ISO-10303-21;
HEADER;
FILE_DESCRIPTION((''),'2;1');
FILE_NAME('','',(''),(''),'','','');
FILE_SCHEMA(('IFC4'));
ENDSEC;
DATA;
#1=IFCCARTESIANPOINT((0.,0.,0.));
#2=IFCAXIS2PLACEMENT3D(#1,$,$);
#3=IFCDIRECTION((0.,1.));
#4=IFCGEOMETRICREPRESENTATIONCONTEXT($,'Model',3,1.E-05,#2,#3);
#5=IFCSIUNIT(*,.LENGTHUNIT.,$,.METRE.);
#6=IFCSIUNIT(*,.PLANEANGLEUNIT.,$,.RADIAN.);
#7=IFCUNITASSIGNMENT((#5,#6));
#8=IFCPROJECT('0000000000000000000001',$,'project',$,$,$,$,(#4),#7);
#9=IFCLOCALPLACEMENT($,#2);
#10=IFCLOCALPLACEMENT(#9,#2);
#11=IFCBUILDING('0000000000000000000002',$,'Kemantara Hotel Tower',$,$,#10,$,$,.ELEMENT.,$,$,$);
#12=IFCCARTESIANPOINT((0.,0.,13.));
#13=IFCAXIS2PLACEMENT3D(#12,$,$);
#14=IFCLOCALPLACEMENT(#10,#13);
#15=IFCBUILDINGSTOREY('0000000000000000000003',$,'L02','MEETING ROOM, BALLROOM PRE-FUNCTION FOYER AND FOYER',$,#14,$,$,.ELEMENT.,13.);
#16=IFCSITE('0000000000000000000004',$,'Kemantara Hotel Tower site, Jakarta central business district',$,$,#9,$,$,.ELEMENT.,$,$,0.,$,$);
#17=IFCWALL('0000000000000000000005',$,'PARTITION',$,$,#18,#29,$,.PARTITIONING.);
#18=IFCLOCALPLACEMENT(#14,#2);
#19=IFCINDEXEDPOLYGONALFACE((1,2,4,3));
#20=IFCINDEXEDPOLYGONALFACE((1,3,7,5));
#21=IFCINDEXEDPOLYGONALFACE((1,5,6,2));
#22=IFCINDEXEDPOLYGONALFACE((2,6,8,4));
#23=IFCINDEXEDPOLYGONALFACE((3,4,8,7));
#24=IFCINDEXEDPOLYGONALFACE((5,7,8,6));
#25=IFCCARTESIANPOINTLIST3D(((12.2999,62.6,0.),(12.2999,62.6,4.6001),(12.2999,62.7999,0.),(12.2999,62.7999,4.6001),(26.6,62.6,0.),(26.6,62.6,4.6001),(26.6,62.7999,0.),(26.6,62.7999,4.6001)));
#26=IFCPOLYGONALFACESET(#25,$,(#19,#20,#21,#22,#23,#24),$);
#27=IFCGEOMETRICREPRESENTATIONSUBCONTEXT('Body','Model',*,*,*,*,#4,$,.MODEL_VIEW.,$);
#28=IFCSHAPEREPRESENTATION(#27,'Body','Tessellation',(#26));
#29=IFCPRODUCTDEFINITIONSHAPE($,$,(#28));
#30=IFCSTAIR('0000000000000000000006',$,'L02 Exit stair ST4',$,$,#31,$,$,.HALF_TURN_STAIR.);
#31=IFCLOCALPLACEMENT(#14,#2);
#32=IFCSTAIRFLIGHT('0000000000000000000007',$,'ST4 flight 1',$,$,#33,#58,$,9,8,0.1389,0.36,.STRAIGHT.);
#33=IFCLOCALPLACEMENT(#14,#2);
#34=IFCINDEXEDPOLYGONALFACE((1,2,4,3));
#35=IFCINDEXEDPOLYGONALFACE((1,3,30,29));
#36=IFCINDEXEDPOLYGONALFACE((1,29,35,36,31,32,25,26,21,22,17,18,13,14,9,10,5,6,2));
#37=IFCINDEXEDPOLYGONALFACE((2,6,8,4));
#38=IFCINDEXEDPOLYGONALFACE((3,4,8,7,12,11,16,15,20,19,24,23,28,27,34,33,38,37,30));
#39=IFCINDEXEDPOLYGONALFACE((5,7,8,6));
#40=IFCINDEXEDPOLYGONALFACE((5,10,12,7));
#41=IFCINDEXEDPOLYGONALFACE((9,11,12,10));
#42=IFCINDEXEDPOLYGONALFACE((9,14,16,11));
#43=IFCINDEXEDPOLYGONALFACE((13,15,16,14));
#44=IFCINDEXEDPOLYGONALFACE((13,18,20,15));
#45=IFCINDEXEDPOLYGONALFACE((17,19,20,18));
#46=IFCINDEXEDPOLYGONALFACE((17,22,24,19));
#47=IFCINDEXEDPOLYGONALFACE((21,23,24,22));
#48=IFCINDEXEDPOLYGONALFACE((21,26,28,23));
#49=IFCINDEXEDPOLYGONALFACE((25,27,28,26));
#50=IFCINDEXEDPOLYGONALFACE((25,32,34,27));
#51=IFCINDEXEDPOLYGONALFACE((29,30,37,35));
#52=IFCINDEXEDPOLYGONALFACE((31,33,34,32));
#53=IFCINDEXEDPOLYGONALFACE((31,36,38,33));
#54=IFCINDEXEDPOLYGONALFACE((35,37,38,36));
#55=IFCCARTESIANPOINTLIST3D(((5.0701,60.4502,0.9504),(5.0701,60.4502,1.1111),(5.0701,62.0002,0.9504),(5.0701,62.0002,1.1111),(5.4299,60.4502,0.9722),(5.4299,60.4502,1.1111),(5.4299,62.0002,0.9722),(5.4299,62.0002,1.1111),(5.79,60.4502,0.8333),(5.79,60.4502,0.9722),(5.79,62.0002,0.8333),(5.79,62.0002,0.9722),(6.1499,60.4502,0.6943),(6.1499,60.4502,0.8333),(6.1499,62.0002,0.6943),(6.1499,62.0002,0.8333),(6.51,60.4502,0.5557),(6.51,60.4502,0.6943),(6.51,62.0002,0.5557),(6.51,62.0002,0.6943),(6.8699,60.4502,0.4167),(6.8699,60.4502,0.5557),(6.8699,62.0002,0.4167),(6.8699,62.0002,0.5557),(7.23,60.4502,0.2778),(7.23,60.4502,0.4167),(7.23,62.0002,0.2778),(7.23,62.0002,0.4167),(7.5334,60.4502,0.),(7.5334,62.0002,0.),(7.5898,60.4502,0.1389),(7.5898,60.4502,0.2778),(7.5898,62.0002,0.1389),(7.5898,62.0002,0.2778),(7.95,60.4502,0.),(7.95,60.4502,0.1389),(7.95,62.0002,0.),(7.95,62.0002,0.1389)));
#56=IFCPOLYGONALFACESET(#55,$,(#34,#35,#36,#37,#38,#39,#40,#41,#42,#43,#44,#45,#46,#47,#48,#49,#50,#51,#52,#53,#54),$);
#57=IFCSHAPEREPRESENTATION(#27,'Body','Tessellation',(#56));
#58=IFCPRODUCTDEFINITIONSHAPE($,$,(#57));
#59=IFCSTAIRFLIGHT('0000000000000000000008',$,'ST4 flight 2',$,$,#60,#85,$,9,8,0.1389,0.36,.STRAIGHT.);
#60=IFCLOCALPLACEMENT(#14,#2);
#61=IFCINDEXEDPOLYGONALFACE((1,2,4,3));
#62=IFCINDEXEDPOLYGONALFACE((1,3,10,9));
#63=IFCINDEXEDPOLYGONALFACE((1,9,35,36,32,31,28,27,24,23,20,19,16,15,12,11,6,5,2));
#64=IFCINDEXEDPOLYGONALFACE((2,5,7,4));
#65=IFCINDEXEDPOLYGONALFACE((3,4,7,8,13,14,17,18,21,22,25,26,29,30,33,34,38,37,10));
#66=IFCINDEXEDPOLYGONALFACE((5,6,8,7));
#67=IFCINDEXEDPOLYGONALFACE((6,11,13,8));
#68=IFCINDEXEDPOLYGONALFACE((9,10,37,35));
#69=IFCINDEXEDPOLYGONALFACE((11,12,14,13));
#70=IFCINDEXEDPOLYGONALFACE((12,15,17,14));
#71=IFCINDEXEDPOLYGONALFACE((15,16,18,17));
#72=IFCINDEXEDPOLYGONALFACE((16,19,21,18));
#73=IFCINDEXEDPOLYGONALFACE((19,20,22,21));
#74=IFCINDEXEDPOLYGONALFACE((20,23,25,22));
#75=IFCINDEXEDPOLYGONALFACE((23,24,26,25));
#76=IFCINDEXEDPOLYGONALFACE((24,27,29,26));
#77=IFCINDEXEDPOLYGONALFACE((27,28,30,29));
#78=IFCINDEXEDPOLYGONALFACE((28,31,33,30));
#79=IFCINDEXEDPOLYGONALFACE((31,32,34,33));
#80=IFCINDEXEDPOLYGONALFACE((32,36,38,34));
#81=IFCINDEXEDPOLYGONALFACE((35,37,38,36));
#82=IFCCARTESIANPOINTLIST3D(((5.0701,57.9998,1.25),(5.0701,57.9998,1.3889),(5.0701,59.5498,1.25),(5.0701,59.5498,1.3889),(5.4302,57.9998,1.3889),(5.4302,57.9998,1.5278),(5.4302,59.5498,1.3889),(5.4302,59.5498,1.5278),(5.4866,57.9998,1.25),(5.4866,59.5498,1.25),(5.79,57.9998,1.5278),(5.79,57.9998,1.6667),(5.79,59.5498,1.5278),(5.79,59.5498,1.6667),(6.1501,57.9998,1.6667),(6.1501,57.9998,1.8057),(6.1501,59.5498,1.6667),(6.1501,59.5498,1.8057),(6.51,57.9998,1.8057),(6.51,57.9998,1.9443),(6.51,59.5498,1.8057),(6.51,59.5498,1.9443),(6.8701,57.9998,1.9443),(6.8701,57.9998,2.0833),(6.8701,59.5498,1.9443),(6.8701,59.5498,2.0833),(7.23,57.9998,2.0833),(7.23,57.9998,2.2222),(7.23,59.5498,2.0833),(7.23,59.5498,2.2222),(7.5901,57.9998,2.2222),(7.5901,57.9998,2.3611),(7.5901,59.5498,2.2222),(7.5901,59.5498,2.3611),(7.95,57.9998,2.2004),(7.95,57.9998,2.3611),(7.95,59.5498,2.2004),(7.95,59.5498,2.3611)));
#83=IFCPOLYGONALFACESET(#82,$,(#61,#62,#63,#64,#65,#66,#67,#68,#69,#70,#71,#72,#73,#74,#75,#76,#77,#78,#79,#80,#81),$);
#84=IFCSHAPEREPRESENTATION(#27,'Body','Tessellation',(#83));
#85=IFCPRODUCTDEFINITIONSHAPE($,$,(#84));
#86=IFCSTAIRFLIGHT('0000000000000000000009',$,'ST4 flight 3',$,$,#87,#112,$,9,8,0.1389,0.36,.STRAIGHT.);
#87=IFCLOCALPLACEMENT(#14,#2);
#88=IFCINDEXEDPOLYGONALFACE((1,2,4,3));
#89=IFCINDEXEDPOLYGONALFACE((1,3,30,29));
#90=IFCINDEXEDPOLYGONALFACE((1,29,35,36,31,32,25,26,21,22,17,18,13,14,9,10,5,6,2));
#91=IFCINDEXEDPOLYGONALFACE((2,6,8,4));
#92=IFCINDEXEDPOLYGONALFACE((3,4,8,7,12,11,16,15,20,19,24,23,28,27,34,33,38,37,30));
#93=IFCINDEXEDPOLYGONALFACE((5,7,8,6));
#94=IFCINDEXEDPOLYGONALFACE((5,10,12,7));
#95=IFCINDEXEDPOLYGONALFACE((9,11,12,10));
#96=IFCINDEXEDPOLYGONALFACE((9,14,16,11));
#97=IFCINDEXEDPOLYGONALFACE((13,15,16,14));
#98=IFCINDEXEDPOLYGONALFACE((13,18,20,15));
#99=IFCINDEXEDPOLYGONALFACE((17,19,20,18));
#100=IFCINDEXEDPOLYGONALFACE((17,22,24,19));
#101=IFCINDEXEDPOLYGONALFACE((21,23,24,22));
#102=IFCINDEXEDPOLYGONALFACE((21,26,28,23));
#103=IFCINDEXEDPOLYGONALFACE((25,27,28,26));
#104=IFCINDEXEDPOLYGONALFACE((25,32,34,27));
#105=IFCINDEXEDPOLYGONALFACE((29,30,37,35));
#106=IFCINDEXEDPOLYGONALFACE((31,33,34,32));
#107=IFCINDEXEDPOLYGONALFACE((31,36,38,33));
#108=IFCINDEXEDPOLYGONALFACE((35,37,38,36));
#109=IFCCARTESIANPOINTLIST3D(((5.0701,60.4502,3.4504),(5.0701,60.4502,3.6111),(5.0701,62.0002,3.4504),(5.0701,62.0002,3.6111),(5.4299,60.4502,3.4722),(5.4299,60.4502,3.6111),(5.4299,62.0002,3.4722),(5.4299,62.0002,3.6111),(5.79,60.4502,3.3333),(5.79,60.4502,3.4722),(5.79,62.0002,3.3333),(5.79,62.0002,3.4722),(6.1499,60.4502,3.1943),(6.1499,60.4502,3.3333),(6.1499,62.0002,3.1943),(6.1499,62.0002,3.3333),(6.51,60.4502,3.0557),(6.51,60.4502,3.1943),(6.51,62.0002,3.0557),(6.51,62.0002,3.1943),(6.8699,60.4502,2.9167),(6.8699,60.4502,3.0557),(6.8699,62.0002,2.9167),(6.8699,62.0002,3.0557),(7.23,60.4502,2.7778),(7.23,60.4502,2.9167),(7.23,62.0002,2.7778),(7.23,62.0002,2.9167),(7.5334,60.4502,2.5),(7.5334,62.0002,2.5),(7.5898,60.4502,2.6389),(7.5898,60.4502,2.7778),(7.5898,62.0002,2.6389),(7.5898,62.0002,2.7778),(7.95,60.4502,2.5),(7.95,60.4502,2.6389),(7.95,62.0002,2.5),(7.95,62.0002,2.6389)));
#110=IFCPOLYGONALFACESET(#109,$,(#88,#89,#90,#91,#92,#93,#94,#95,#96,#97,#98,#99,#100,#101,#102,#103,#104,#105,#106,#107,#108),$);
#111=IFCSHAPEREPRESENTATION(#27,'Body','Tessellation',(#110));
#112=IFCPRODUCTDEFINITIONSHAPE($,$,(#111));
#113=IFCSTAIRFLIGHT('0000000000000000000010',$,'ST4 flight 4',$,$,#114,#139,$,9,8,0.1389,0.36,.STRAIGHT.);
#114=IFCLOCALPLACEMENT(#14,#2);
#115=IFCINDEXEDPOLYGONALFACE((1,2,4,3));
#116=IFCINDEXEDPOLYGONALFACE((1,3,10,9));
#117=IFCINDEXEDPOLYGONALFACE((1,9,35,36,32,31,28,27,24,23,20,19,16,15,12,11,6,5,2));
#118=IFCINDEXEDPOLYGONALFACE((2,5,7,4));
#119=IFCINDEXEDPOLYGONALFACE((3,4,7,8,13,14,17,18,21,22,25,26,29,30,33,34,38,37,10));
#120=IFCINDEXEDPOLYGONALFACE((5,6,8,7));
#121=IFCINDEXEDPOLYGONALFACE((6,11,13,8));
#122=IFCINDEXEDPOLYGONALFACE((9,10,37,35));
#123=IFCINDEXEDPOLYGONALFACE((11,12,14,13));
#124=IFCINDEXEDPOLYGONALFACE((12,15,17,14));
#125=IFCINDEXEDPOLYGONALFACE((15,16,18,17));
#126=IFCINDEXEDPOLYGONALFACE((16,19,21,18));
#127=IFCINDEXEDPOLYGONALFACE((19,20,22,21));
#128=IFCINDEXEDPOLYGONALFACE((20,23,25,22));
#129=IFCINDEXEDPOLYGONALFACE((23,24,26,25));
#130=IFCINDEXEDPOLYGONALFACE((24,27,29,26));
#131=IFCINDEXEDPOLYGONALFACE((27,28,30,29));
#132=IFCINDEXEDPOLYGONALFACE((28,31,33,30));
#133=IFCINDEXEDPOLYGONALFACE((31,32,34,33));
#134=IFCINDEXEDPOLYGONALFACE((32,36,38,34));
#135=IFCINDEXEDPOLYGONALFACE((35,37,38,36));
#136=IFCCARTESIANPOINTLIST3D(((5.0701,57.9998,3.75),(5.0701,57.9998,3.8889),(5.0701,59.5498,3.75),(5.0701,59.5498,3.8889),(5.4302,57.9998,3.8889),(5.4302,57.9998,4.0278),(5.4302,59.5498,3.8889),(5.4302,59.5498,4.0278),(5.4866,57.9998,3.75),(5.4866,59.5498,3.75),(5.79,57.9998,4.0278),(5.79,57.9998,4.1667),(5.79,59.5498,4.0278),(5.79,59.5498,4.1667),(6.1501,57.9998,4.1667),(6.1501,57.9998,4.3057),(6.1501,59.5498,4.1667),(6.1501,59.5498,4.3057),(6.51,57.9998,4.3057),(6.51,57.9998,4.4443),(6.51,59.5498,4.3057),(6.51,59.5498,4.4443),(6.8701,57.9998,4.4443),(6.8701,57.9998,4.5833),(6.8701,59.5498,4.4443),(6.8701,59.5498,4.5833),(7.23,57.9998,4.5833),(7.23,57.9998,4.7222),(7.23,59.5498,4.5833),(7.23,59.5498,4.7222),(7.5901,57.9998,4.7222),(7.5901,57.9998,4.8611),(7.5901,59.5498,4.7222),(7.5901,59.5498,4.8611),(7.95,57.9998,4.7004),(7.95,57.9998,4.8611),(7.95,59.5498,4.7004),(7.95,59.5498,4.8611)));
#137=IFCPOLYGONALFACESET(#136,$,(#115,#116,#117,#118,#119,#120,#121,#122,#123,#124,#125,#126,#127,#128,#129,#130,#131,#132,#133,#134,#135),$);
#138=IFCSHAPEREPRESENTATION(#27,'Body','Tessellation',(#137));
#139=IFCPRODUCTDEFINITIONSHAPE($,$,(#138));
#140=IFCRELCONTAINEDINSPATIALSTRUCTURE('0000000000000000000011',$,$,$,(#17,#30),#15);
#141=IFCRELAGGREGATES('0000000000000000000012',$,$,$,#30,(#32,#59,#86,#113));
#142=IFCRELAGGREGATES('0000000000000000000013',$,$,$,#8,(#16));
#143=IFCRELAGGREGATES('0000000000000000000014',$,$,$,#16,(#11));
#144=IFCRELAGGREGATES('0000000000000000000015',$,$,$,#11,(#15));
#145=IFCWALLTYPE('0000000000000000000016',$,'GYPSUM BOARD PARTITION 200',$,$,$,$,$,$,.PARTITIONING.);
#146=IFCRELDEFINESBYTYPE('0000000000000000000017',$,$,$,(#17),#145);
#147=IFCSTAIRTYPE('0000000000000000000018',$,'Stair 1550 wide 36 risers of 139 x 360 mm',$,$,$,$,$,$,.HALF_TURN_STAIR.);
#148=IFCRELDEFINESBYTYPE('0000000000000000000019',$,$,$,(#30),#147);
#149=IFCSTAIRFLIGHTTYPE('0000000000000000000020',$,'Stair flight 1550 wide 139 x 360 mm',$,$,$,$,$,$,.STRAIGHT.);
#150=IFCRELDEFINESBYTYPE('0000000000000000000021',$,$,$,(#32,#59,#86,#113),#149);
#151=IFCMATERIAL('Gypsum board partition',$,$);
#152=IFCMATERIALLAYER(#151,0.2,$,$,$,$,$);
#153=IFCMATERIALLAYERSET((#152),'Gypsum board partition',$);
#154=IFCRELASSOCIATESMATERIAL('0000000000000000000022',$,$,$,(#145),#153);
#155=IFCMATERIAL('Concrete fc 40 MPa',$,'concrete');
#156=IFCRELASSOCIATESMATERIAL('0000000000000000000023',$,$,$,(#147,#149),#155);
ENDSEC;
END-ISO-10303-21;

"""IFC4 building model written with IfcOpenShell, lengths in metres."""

from ifc_helpers import new_model, si_unit, direction, frame, frame_2d, origin, place, context, subcontext, project, spatial, polyline, rectangle, outline, extrude, material, layer, layer_set, type_object, element, aggregate, save


model = new_model("IFC4")

# Units and contexts
model_context = context("Model", 3, precision=1e-05, world=origin(), true_north=direction((0.0, 1.0)))
body_context = subcontext(model_context, "Body", "Model", "MODEL_VIEW")
ifc_project = project(units=[si_unit("LENGTHUNIT", "METRE"), si_unit("PLANEANGLEUNIT", "RADIAN")], contexts=[model_context])

# Site, building, storey
site_placement = place(None, origin())
site = spatial("IfcSite", under=ifc_project, at=site_placement, Name="Kemantara Hotel Tower site, Jakarta central business district", CompositionType="ELEMENT", RefElevation=0.0)
building_placement = place(site_placement, origin())
building = spatial("IfcBuilding", under=site, at=building_placement, Name="Kemantara Hotel Tower", CompositionType="ELEMENT")
storey_placement = place(building_placement, frame((0.0, 0.0, 13.0)))
storey = spatial("IfcBuildingStorey", under=building, at=storey_placement, Name="L02", Description="MEETING ROOM, BALLROOM PRE-FUNCTION FOYER AND FOYER", CompositionType="ELEMENT", Elevation=13.0)

# Shared definitions
ifc_material_1 = material(Name="Concrete fc 40 MPa", Category="concrete")

# Shared definitions
ifc_material_2 = material(Name="Gypsum board partition")
ifc_layer_1 = layer(ifc_material_2, 0.2)
ifc_layer_set_1 = layer_set([ifc_layer_1], Name="Gypsum board partition")
wall_type_1 = type_object("IfcWallType", Name="GYPSUM BOARD PARTITION 200", PredefinedType="PARTITIONING", material=ifc_layer_set_1)

# Wall
wall_1_placement = place(storey_placement, frame((12.3, 62.7, 0.0), z_axis=(0.0, 0.0, 1.0), x_axis=(1.0, 0.0, 0.0)))
element("IfcWall", 1, at=wall_1_placement, inside=storey, type_object=wall_type_1, Name="PARTITION", PredefinedType="PARTITIONING", context=body_context, shape_type="SweptSolid", body=[
    extrude(rectangle(XDim=14.3, YDim=0.2, at=frame_2d((7.1499, 0.0))), origin(), (0.0, 0.0, 1.0), 4.6001),
])

# Stair, stair flights
stair_type = type_object("IfcStairType", Name="Stair 1550 wide 36 risers of 139 x 360 mm", PredefinedType="HALF_TURN_STAIR", material=ifc_material_1)
stair_placement = place(storey_placement, origin())
stair = element("IfcStair", 2, at=stair_placement, inside=storey, type_object=stair_type, Name="L02 Exit stair ST4", PredefinedType="HALF_TURN_STAIR")
stair_flight_type = type_object("IfcStairFlightType", Name="Stair flight 1550 wide 139 x 360 mm", PredefinedType="STRAIGHT", material=ifc_material_1)
stair_flight_1_placement = place(storey_placement, frame((7.95, 61.2251, 0.0), z_axis=(0.0, 0.0, 1.0), x_axis=(-1.0, 0.0, 0.0)))
stair_flight_1 = element("IfcStairFlight", 3, at=stair_flight_1_placement, type_object=stair_flight_type, Name="ST4 flight 1", NumberOfRisers=9, NumberOfTreads=8, PredefinedType="STRAIGHT", RiserHeight=0.1389, TreadLength=0.36, context=body_context, shape_type="SweptSolid", body=[
    extrude(outline(polyline([(0.0, 0.0), (0.0, 0.1389), (0.3601, 0.1389), (0.3601, 0.2778), (0.72, 0.2778), (0.72, 0.4167), (1.0801, 0.4167), (1.0801, 0.5557), (1.4399, 0.5557), (1.4399, 0.6943), (1.8, 0.6943), (1.8, 0.8333), (2.1599, 0.8333), (2.1599, 0.9722), (2.52, 0.9722), (2.52, 1.1111), (2.8799, 1.1111), (2.8799, 1.25), (2.8799, 0.9504), (0.4165, 0.0), (0.0, 0.0)])), frame((0.0, 0.7749, 0.0), z_axis=(0.0, -1.0, 0.0), x_axis=(1.0, 0.0, 0.0)), (0.0, 0.0, 1.0), 1.55),
])
stair_flight_2_placement = place(storey_placement, frame((5.0701, 58.7749, 1.25), z_axis=(0.0, 0.0, 1.0), x_axis=(1.0, 0.0, 0.0)))
stair_flight_2 = element("IfcStairFlight", 4, at=stair_flight_2_placement, type_object=stair_flight_type, Name="ST4 flight 2", NumberOfRisers=9, NumberOfTreads=8, PredefinedType="STRAIGHT", RiserHeight=0.1389, TreadLength=0.36, context=body_context, shape_type="SweptSolid", body=[
    extrude(outline(polyline([(0.0, 0.0), (0.0, 0.1389), (0.3601, 0.1389), (0.3601, 0.2778), (0.72, 0.2778), (0.72, 0.4167), (1.0801, 0.4167), (1.0801, 0.5557), (1.4399, 0.5557), (1.4399, 0.6943), (1.8, 0.6943), (1.8, 0.8333), (2.1599, 0.8333), (2.1599, 0.9722), (2.52, 0.9722), (2.52, 1.1111), (2.8799, 1.1111), (2.8799, 1.25), (2.8799, 0.9504), (0.4165, 0.0), (0.0, 0.0)])), frame((0.0, 0.7749, 0.0), z_axis=(0.0, -1.0, 0.0), x_axis=(1.0, 0.0, 0.0)), (0.0, 0.0, 1.0), 1.55),
])
stair_flight_3_placement = place(storey_placement, frame((7.95, 61.2251, 2.5), z_axis=(0.0, 0.0, 1.0), x_axis=(-1.0, 0.0, 0.0)))
stair_flight_3 = element("IfcStairFlight", 5, at=stair_flight_3_placement, type_object=stair_flight_type, Name="ST4 flight 3", NumberOfRisers=9, NumberOfTreads=8, PredefinedType="STRAIGHT", RiserHeight=0.1389, TreadLength=0.36, context=body_context, shape_type="SweptSolid", body=[
    extrude(outline(polyline([(0.0, 0.0), (0.0, 0.1389), (0.3601, 0.1389), (0.3601, 0.2778), (0.72, 0.2778), (0.72, 0.4167), (1.0801, 0.4167), (1.0801, 0.5557), (1.4399, 0.5557), (1.4399, 0.6943), (1.8, 0.6943), (1.8, 0.8333), (2.1599, 0.8333), (2.1599, 0.9722), (2.52, 0.9722), (2.52, 1.1111), (2.8799, 1.1111), (2.8799, 1.25), (2.8799, 0.9504), (0.4165, 0.0), (0.0, 0.0)])), frame((0.0, 0.7749, 0.0), z_axis=(0.0, -1.0, 0.0), x_axis=(1.0, 0.0, 0.0)), (0.0, 0.0, 1.0), 1.55),
])
stair_flight_4_placement = place(storey_placement, frame((5.0701, 58.7749, 3.75), z_axis=(0.0, 0.0, 1.0), x_axis=(1.0, 0.0, 0.0)))
stair_flight_4 = element("IfcStairFlight", 6, at=stair_flight_4_placement, type_object=stair_flight_type, Name="ST4 flight 4", NumberOfRisers=9, NumberOfTreads=8, PredefinedType="STRAIGHT", RiserHeight=0.1389, TreadLength=0.36, context=body_context, shape_type="SweptSolid", body=[
    extrude(outline(polyline([(0.0, 0.0), (0.0, 0.1389), (0.3601, 0.1389), (0.3601, 0.2778), (0.72, 0.2778), (0.72, 0.4167), (1.0801, 0.4167), (1.0801, 0.5557), (1.4399, 0.5557), (1.4399, 0.6943), (1.8, 0.6943), (1.8, 0.8333), (2.1599, 0.8333), (2.1599, 0.9722), (2.52, 0.9722), (2.52, 1.1111), (2.8799, 1.1111), (2.8799, 1.25), (2.8799, 0.9504), (0.4165, 0.0), (0.0, 0.0)])), frame((0.0, 0.7749, 0.0), z_axis=(0.0, -1.0, 0.0), x_axis=(1.0, 0.0, 0.0)), (0.0, 0.0, 1.0), 1.55),
])
aggregate(stair, [stair_flight_1, stair_flight_2, stair_flight_3, stair_flight_4])

save(model, "model.ifc")
